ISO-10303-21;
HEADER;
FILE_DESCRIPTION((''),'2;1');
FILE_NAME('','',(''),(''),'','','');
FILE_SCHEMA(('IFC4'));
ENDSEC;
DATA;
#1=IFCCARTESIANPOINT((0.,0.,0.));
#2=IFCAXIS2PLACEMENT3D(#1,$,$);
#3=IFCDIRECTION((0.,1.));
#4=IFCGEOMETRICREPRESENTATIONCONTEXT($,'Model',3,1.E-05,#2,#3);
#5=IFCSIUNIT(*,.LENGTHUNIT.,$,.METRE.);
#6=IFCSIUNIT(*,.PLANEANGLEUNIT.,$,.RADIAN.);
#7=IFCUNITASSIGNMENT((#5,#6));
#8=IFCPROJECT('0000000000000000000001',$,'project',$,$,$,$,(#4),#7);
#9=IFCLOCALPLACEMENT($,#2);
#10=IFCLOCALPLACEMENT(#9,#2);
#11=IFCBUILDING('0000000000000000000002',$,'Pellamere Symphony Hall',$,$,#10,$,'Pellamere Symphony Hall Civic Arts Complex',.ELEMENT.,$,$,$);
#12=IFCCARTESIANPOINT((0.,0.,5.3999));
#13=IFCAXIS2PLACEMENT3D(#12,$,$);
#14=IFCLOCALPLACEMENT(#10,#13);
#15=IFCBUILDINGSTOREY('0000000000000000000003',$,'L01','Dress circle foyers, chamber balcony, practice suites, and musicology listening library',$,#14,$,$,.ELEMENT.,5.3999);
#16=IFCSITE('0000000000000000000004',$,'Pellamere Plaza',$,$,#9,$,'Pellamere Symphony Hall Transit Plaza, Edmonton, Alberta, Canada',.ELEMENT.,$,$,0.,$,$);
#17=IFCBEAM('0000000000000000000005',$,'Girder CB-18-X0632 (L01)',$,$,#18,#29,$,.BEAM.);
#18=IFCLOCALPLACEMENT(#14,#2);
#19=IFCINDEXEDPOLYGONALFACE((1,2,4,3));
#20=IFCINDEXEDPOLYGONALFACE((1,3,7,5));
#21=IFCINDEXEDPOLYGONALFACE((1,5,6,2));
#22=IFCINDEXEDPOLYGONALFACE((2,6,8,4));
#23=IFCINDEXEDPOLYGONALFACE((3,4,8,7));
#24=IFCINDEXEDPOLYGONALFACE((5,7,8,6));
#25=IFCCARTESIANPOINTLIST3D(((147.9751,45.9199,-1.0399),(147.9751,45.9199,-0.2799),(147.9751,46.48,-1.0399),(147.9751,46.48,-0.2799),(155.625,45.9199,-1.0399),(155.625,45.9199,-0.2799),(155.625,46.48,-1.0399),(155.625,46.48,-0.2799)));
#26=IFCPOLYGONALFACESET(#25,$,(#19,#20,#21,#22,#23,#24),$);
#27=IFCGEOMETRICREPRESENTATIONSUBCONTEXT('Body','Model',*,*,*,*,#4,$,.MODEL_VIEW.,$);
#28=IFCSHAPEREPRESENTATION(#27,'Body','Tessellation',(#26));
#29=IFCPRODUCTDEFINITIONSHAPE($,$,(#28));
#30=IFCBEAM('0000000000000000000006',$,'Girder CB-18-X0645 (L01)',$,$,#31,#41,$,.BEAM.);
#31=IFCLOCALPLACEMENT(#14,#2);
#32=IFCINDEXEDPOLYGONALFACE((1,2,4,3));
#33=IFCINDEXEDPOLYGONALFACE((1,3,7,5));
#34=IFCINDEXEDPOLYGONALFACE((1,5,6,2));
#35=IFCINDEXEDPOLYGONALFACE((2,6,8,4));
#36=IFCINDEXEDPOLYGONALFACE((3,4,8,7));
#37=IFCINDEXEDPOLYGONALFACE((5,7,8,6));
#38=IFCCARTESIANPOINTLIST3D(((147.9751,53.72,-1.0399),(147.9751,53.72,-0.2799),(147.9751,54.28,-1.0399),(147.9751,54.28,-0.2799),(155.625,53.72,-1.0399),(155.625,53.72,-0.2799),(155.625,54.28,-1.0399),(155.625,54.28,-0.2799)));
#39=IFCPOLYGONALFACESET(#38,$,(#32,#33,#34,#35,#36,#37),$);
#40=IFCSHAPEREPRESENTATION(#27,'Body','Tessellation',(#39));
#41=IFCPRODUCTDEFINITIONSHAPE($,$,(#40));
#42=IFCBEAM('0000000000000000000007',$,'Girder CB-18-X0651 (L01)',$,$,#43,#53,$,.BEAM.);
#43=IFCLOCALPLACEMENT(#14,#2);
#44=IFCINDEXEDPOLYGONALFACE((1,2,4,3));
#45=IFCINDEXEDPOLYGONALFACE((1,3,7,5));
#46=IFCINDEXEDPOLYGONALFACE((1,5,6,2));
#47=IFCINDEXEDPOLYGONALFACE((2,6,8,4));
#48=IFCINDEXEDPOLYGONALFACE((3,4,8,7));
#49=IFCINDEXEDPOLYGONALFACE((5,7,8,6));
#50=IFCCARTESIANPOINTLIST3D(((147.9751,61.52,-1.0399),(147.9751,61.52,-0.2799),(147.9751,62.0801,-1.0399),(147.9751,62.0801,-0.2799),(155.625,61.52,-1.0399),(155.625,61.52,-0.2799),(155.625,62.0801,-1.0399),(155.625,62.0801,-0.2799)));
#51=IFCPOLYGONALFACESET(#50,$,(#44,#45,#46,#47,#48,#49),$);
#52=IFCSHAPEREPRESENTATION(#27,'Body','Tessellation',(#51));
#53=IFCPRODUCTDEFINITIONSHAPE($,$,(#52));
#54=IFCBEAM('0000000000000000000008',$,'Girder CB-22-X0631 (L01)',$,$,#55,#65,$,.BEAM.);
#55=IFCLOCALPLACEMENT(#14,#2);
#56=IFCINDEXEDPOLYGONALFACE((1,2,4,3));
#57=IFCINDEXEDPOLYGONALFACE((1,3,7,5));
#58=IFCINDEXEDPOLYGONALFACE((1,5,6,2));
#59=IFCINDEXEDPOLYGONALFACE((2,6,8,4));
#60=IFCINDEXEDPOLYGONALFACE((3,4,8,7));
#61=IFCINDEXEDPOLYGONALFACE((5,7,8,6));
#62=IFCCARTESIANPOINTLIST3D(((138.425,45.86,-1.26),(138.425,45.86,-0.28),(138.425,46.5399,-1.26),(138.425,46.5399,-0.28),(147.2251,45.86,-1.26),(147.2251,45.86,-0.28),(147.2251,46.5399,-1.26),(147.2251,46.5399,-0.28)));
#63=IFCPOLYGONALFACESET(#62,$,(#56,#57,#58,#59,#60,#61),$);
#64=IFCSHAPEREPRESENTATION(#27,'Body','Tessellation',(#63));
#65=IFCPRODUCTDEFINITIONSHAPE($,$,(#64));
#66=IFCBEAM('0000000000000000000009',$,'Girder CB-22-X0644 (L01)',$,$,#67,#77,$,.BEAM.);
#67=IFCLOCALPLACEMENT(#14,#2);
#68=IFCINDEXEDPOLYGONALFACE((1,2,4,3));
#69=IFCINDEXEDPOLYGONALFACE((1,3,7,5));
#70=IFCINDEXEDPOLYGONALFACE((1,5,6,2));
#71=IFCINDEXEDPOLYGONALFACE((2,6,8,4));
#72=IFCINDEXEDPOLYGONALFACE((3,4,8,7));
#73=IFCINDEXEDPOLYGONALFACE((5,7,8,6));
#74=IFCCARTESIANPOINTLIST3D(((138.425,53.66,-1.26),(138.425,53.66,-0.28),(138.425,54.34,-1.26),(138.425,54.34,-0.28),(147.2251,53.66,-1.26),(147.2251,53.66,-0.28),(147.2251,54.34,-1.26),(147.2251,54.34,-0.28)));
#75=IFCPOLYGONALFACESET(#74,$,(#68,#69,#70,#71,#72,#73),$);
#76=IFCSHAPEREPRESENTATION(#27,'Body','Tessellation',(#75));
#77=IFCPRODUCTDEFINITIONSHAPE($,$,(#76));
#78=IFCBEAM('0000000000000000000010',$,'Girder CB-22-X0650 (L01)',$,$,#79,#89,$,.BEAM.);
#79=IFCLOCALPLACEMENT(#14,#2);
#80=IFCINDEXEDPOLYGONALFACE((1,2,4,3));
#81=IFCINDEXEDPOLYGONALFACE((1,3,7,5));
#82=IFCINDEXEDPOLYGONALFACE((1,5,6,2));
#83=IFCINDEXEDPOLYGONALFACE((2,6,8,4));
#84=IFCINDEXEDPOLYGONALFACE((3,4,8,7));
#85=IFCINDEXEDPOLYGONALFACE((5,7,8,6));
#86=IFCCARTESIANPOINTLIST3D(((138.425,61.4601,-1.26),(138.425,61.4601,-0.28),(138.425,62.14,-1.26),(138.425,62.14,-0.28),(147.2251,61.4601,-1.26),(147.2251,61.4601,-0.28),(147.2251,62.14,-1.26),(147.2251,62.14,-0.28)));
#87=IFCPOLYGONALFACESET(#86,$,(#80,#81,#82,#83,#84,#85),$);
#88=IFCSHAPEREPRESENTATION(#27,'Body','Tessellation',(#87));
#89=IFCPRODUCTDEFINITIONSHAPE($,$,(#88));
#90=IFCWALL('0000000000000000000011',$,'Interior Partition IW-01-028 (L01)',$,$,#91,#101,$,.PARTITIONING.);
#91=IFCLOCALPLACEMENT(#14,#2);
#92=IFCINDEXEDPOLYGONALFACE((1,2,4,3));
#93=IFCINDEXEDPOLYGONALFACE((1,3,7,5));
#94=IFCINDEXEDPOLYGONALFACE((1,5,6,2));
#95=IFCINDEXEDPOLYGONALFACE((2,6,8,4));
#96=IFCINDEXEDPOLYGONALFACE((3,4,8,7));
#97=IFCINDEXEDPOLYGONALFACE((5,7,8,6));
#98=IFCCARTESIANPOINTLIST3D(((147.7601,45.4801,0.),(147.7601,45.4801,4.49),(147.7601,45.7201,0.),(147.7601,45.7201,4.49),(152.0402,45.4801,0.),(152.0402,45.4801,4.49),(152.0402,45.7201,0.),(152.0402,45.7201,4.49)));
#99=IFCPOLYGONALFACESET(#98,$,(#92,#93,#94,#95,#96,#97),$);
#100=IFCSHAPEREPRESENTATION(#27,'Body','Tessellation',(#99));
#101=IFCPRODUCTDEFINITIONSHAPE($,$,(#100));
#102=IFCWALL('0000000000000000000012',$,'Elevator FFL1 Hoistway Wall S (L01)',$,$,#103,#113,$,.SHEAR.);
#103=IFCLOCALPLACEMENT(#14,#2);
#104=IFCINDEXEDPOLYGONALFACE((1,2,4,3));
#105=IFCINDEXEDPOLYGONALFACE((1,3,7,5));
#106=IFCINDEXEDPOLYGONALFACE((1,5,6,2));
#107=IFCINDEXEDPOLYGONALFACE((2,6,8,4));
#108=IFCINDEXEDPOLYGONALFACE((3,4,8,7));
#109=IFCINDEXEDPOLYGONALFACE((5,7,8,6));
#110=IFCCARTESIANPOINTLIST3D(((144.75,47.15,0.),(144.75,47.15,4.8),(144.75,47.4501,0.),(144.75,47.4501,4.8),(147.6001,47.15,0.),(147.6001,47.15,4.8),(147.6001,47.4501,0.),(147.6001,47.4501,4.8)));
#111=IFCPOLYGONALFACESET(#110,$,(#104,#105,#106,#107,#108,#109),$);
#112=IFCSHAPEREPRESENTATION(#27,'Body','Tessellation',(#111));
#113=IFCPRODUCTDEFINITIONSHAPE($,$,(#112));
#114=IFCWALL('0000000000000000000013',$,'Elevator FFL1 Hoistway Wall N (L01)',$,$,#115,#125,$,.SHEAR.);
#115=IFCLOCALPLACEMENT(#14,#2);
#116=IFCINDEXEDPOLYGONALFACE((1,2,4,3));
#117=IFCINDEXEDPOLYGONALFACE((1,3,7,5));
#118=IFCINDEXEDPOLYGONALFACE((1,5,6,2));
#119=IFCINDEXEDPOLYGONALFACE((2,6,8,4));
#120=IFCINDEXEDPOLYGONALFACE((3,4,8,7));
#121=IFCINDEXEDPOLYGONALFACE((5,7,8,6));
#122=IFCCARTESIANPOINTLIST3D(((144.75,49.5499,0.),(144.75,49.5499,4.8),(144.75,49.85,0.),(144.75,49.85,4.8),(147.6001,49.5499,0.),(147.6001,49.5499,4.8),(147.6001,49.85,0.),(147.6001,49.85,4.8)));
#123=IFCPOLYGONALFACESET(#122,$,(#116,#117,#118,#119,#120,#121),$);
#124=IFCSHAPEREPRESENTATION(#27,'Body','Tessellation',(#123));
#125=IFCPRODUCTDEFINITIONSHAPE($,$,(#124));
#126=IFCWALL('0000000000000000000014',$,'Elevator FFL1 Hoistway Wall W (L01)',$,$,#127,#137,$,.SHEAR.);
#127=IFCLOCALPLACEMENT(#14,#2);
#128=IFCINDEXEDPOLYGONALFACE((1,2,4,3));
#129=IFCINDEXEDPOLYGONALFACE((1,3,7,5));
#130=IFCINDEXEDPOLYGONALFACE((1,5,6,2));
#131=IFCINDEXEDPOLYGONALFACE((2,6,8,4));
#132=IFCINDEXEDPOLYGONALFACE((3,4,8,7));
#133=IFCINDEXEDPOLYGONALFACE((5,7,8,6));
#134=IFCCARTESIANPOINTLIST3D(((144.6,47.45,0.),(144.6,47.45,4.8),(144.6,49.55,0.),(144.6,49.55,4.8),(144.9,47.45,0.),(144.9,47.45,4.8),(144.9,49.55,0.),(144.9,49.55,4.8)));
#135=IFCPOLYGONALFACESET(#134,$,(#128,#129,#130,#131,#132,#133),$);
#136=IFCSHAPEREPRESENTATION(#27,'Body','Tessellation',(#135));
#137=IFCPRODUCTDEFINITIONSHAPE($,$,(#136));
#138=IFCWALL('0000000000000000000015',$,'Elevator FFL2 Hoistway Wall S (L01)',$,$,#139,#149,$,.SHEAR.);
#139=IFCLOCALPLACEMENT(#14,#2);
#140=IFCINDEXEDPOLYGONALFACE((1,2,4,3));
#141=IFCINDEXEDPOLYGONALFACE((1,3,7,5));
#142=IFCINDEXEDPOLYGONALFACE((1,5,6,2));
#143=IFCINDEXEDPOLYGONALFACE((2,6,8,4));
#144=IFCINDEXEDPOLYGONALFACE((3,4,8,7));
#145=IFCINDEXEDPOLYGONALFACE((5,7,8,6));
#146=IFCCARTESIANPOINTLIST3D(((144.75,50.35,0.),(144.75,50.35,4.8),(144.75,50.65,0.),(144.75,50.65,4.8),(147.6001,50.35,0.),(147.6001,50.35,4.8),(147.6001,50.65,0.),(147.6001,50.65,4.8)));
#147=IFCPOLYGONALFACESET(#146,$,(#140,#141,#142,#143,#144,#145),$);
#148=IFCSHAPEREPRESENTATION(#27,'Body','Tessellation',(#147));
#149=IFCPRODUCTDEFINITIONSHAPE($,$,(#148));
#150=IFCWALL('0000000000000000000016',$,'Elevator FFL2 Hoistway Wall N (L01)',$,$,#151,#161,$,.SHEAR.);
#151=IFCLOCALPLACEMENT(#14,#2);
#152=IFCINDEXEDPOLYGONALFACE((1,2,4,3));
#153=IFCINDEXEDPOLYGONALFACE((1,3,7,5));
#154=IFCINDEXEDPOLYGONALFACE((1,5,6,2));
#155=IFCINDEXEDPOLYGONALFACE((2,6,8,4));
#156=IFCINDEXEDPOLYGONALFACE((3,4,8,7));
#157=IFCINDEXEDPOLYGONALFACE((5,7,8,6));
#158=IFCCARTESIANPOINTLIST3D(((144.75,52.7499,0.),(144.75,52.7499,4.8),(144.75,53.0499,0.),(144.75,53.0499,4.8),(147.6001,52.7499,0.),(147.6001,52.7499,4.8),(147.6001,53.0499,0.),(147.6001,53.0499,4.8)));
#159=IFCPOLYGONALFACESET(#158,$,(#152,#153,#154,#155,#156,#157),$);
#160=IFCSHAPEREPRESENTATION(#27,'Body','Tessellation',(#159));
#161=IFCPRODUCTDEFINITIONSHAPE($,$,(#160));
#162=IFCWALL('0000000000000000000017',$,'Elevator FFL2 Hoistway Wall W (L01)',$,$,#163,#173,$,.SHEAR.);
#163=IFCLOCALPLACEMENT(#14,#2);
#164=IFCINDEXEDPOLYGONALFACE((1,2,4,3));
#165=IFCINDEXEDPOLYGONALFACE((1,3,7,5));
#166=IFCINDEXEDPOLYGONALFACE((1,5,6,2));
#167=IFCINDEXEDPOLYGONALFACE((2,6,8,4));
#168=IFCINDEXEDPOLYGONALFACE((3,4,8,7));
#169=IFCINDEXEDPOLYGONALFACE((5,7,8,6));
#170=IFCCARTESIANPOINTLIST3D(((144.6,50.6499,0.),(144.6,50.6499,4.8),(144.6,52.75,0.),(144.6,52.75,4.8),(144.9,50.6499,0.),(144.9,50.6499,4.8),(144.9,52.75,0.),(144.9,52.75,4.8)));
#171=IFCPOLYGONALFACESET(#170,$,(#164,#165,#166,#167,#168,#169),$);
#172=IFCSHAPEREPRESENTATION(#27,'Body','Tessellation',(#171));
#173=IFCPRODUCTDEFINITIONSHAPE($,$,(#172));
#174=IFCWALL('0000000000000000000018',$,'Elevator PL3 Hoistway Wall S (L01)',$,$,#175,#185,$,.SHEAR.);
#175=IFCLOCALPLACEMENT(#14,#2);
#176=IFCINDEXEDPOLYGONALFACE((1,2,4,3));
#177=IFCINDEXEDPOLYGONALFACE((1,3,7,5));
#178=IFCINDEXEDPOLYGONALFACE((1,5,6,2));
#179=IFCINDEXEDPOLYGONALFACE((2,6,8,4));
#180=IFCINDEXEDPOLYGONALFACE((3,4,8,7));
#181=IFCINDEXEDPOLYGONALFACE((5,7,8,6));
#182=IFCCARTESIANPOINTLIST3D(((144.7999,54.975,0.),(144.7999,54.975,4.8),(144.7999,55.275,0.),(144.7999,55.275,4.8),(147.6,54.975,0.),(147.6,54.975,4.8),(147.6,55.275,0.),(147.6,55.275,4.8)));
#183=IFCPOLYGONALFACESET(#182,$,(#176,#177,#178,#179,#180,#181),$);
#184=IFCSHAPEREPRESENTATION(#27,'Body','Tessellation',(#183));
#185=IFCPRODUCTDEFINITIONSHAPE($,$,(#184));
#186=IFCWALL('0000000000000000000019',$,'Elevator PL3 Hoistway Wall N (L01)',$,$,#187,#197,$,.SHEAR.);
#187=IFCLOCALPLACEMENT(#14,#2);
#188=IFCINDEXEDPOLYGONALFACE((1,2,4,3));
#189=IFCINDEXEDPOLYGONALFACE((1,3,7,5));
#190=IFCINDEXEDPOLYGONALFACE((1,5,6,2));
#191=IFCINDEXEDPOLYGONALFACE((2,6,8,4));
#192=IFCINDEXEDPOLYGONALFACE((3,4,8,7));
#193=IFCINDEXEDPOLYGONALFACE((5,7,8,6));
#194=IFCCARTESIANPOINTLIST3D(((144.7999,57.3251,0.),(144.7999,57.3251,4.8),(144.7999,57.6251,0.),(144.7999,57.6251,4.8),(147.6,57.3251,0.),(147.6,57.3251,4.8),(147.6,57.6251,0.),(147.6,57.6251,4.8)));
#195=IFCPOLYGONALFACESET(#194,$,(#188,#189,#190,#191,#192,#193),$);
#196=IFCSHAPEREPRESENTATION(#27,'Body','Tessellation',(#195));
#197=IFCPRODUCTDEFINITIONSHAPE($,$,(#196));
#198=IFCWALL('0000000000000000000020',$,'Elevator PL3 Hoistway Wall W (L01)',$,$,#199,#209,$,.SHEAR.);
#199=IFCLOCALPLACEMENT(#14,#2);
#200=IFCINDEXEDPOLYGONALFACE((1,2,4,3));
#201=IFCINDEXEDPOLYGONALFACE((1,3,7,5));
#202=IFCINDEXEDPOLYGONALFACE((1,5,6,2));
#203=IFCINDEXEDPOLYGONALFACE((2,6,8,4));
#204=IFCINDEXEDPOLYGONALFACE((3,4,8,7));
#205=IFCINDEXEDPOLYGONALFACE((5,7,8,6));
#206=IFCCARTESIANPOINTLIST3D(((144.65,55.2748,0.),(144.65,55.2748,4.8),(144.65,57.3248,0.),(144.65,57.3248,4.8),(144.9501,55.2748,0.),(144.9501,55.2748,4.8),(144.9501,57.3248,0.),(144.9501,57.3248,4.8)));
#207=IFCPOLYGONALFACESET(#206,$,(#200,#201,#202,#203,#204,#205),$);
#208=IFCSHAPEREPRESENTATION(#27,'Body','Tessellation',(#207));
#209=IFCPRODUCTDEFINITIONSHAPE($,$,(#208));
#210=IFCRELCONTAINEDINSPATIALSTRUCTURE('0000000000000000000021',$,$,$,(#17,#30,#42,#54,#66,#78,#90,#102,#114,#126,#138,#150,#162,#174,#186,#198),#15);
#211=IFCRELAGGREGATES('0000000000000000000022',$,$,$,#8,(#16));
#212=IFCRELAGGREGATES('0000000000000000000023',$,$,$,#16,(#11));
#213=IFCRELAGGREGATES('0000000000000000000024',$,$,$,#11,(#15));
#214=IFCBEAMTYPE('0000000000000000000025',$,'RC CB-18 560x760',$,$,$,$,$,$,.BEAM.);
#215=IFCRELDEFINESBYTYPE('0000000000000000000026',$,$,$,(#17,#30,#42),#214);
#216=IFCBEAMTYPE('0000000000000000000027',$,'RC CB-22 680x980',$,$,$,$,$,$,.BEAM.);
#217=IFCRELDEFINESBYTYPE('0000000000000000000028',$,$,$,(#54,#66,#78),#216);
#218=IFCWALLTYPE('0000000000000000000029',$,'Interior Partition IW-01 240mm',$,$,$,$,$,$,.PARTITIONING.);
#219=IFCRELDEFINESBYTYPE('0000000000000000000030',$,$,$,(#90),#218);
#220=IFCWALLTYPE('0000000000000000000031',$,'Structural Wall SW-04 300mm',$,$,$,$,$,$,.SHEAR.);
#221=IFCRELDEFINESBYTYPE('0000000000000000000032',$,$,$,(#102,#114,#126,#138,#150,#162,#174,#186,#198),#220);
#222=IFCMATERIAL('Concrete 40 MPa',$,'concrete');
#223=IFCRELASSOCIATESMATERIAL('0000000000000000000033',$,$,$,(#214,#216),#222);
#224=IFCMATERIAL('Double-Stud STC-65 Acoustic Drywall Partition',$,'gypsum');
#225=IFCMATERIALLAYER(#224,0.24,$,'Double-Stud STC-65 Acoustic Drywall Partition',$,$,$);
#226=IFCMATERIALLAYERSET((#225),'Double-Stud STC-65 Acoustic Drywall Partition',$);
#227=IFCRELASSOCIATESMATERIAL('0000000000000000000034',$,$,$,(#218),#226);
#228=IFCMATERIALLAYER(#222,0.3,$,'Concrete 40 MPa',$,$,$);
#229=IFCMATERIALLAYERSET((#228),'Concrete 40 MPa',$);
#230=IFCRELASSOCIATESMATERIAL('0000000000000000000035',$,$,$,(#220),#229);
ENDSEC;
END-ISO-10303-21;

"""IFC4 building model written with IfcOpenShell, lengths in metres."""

from ifc_helpers import new_model, si_unit, direction, frame, frame_2d, origin, origin_2d, place, context, subcontext, project, spatial, rectangle, extrude, material, layer, layer_set, material_profile, profile_set, type_object, element, save


model = new_model("IFC4")

# Units and contexts
model_context = context("Model", 3, precision=1e-05, world=origin(), true_north=direction((0.0, 1.0)))
body_context = subcontext(model_context, "Body", "Model", "MODEL_VIEW")
ifc_project = project(units=[si_unit("LENGTHUNIT", "METRE"), si_unit("PLANEANGLEUNIT", "RADIAN")], contexts=[model_context])

# Site, building, storey
site_placement = place(None, origin())
site = spatial("IfcSite", under=ifc_project, at=site_placement, Name="Pellamere Plaza", LongName="Pellamere Symphony Hall Transit Plaza, Edmonton, Alberta, Canada", CompositionType="ELEMENT", RefElevation=0.0)
building_placement = place(site_placement, origin())
building = spatial("IfcBuilding", under=site, at=building_placement, Name="Pellamere Symphony Hall", LongName="Pellamere Symphony Hall Civic Arts Complex", CompositionType="ELEMENT")
storey_placement = place(building_placement, frame((0.0, 0.0, 5.3999)))
storey = spatial("IfcBuildingStorey", under=building, at=storey_placement, Name="L01", Description="Dress circle foyers, chamber balcony, practice suites, and musicology listening library", CompositionType="ELEMENT", Elevation=5.3999)

# Shared definitions
ifc_material_1 = material(Name="Concrete 40 MPa", Category="concrete")

# Beams
ifc_material_profile_1 = material_profile(ifc_material_1, rectangle(XDim=0.5601, YDim=0.76, at=origin_2d()), Name="RC 560x760")
ifc_profile_set_1 = profile_set([ifc_material_profile_1], Name="Concrete 40 MPa")
beam_type_1 = type_object("IfcBeamType", Name="RC CB-18 560x760", PredefinedType="BEAM", material=ifc_profile_set_1)
for number, where, z_axis, x_axis, name in (
    (1, (147.9751, 46.2, -0.6599), (1.0, 0.0, 0.0), (0.0, 1.0, 0.0), "Girder CB-18-X0632 (L01)"),
    (2, (147.9751, 54.0, -0.6599), (1.0, 0.0, 0.0), (0.0, 1.0, 0.0), "Girder CB-18-X0645 (L01)"),
    (3, (147.9751, 61.8, -0.6599), (1.0, 0.0, 0.0), (0.0, 1.0, 0.0), "Girder CB-18-X0651 (L01)"),
):
    element("IfcBeam", number, at=place(storey_placement, frame(where, z_axis=z_axis, x_axis=x_axis)), inside=storey, type_object=beam_type_1, Name=name, PredefinedType="BEAM", context=body_context, shape_type="SweptSolid", body=[
        extrude(rectangle(XDim=0.5601, YDim=0.76, at=origin_2d()), origin(), (0.0, 0.0, 1.0), 7.6499),
    ])
ifc_material_profile_2 = material_profile(ifc_material_1, rectangle(XDim=0.6799, YDim=0.98, at=origin_2d()), Name="RC 680x980")
ifc_profile_set_2 = profile_set([ifc_material_profile_2], Name="Concrete 40 MPa")
beam_type_2 = type_object("IfcBeamType", Name="RC CB-22 680x980", PredefinedType="BEAM", material=ifc_profile_set_2)
for number, where, z_axis, x_axis, name in (
    (4, (138.425, 46.2, -0.77), (1.0, 0.0, 0.0), (0.0, 1.0, 0.0), "Girder CB-22-X0631 (L01)"),
    (5, (138.425, 54.0, -0.77), (1.0, 0.0, 0.0), (0.0, 1.0, 0.0), "Girder CB-22-X0644 (L01)"),
    (6, (138.425, 61.8, -0.77), (1.0, 0.0, 0.0), (0.0, 1.0, 0.0), "Girder CB-22-X0650 (L01)"),
):
    element("IfcBeam", number, at=place(storey_placement, frame(where, z_axis=z_axis, x_axis=x_axis)), inside=storey, type_object=beam_type_2, Name=name, PredefinedType="BEAM", context=body_context, shape_type="SweptSolid", body=[
        extrude(rectangle(XDim=0.6799, YDim=0.98, at=origin_2d()), origin(), (0.0, 0.0, 1.0), 8.8),
    ])

# Walls
ifc_material_2 = material(Name="Double-Stud STC-65 Acoustic Drywall Partition", Category="gypsum")
ifc_layer_1 = layer(ifc_material_2, 0.24, Name="Double-Stud STC-65 Acoustic Drywall Partition")
ifc_layer_set_1 = layer_set([ifc_layer_1], Name="Double-Stud STC-65 Acoustic Drywall Partition")
wall_type_1 = type_object("IfcWallType", Name="Interior Partition IW-01 240mm", PredefinedType="PARTITIONING", material=ifc_layer_set_1)
wall_1_placement = place(storey_placement, frame((147.76, 45.6001, 0.0), z_axis=(0.0, 0.0, 1.0), x_axis=(1.0, 0.0, 0.0)))
element("IfcWall", 7, at=wall_1_placement, inside=storey, type_object=wall_type_1, Name="Interior Partition IW-01-028 (L01)", PredefinedType="PARTITIONING", context=body_context, shape_type="SweptSolid", body=[
    extrude(rectangle(XDim=4.28, YDim=0.24, at=frame_2d((2.1401, 0.0))), origin(), (0.0, 0.0, 1.0), 4.49),
])
ifc_layer_2 = layer(ifc_material_1, 0.3, Name="Concrete 40 MPa")
ifc_layer_set_2 = layer_set([ifc_layer_2], Name="Concrete 40 MPa")
wall_type_2 = type_object("IfcWallType", Name="Structural Wall SW-04 300mm", PredefinedType="SHEAR", material=ifc_layer_set_2)
for number, where, z_axis, x_axis, name in (
    (8, (144.75, 47.3, 0.0), (0.0, 0.0, 1.0), (1.0, 0.0, 0.0), "Elevator FFL1 Hoistway Wall S (L01)"),
    (9, (144.75, 49.7, 0.0), (0.0, 0.0, 1.0), (1.0, 0.0, 0.0), "Elevator FFL1 Hoistway Wall N (L01)"),
):
    element("IfcWall", number, at=place(storey_placement, frame(where, z_axis=z_axis, x_axis=x_axis)), inside=storey, type_object=wall_type_2, Name=name, PredefinedType="SHEAR", context=body_context, shape_type="SweptSolid", body=[
        extrude(rectangle(XDim=2.8501, YDim=0.3, at=frame_2d((1.425, 0.0))), origin(), (0.0, 0.0, 1.0), 4.8),
    ])
wall_2_placement = place(storey_placement, frame((144.75, 47.45, 0.0), z_axis=(0.0, 0.0, 1.0), x_axis=(0.0, 1.0, 0.0)))
element("IfcWall", 10, at=wall_2_placement, inside=storey, type_object=wall_type_2, Name="Elevator FFL1 Hoistway Wall W (L01)", PredefinedType="SHEAR", context=body_context, shape_type="SweptSolid", body=[
    extrude(rectangle(XDim=2.1001, YDim=0.3, at=frame_2d((1.05, 0.0))), origin(), (0.0, 0.0, 1.0), 4.8),
])
for number, where, z_axis, x_axis, name in (
    (11, (144.75, 50.5, 0.0), (0.0, 0.0, 1.0), (1.0, 0.0, 0.0), "Elevator FFL2 Hoistway Wall S (L01)"),
    (12, (144.75, 52.8999, 0.0), (0.0, 0.0, 1.0), (1.0, 0.0, 0.0), "Elevator FFL2 Hoistway Wall N (L01)"),
):
    element("IfcWall", number, at=place(storey_placement, frame(where, z_axis=z_axis, x_axis=x_axis)), inside=storey, type_object=wall_type_2, Name=name, PredefinedType="SHEAR", context=body_context, shape_type="SweptSolid", body=[
        extrude(rectangle(XDim=2.8501, YDim=0.3, at=frame_2d((1.425, 0.0))), origin(), (0.0, 0.0, 1.0), 4.8),
    ])
wall_3_placement = place(storey_placement, frame((144.75, 50.6499, 0.0), z_axis=(0.0, 0.0, 1.0), x_axis=(0.0, 1.0, 0.0)))
element("IfcWall", 13, at=wall_3_placement, inside=storey, type_object=wall_type_2, Name="Elevator FFL2 Hoistway Wall W (L01)", PredefinedType="SHEAR", context=body_context, shape_type="SweptSolid", body=[
    extrude(rectangle(XDim=2.1001, YDim=0.3, at=frame_2d((1.05, 0.0))), origin(), (0.0, 0.0, 1.0), 4.8),
])
for number, where, z_axis, x_axis, name in (
    (14, (144.8, 55.125, 0.0), (0.0, 0.0, 1.0), (1.0, 0.0, 0.0), "Elevator PL3 Hoistway Wall S (L01)"),
    (15, (144.8, 57.4751, 0.0), (0.0, 0.0, 1.0), (1.0, 0.0, 0.0), "Elevator PL3 Hoistway Wall N (L01)"),
):
    element("IfcWall", number, at=place(storey_placement, frame(where, z_axis=z_axis, x_axis=x_axis)), inside=storey, type_object=wall_type_2, Name=name, PredefinedType="SHEAR", context=body_context, shape_type="SweptSolid", body=[
        extrude(rectangle(XDim=2.8, YDim=0.3, at=frame_2d((1.3999, 0.0))), origin(), (0.0, 0.0, 1.0), 4.8),
    ])
wall_4_placement = place(storey_placement, frame((144.8, 55.2749, 0.0), z_axis=(0.0, 0.0, 1.0), x_axis=(0.0, 1.0, 0.0)))
element("IfcWall", 16, at=wall_4_placement, inside=storey, type_object=wall_type_2, Name="Elevator PL3 Hoistway Wall W (L01)", PredefinedType="SHEAR", context=body_context, shape_type="SweptSolid", body=[
    extrude(rectangle(XDim=2.05, YDim=0.3, at=frame_2d((1.0249, 0.0))), origin(), (0.0, 0.0, 1.0), 4.8),
])

save(model, "model.ifc")
